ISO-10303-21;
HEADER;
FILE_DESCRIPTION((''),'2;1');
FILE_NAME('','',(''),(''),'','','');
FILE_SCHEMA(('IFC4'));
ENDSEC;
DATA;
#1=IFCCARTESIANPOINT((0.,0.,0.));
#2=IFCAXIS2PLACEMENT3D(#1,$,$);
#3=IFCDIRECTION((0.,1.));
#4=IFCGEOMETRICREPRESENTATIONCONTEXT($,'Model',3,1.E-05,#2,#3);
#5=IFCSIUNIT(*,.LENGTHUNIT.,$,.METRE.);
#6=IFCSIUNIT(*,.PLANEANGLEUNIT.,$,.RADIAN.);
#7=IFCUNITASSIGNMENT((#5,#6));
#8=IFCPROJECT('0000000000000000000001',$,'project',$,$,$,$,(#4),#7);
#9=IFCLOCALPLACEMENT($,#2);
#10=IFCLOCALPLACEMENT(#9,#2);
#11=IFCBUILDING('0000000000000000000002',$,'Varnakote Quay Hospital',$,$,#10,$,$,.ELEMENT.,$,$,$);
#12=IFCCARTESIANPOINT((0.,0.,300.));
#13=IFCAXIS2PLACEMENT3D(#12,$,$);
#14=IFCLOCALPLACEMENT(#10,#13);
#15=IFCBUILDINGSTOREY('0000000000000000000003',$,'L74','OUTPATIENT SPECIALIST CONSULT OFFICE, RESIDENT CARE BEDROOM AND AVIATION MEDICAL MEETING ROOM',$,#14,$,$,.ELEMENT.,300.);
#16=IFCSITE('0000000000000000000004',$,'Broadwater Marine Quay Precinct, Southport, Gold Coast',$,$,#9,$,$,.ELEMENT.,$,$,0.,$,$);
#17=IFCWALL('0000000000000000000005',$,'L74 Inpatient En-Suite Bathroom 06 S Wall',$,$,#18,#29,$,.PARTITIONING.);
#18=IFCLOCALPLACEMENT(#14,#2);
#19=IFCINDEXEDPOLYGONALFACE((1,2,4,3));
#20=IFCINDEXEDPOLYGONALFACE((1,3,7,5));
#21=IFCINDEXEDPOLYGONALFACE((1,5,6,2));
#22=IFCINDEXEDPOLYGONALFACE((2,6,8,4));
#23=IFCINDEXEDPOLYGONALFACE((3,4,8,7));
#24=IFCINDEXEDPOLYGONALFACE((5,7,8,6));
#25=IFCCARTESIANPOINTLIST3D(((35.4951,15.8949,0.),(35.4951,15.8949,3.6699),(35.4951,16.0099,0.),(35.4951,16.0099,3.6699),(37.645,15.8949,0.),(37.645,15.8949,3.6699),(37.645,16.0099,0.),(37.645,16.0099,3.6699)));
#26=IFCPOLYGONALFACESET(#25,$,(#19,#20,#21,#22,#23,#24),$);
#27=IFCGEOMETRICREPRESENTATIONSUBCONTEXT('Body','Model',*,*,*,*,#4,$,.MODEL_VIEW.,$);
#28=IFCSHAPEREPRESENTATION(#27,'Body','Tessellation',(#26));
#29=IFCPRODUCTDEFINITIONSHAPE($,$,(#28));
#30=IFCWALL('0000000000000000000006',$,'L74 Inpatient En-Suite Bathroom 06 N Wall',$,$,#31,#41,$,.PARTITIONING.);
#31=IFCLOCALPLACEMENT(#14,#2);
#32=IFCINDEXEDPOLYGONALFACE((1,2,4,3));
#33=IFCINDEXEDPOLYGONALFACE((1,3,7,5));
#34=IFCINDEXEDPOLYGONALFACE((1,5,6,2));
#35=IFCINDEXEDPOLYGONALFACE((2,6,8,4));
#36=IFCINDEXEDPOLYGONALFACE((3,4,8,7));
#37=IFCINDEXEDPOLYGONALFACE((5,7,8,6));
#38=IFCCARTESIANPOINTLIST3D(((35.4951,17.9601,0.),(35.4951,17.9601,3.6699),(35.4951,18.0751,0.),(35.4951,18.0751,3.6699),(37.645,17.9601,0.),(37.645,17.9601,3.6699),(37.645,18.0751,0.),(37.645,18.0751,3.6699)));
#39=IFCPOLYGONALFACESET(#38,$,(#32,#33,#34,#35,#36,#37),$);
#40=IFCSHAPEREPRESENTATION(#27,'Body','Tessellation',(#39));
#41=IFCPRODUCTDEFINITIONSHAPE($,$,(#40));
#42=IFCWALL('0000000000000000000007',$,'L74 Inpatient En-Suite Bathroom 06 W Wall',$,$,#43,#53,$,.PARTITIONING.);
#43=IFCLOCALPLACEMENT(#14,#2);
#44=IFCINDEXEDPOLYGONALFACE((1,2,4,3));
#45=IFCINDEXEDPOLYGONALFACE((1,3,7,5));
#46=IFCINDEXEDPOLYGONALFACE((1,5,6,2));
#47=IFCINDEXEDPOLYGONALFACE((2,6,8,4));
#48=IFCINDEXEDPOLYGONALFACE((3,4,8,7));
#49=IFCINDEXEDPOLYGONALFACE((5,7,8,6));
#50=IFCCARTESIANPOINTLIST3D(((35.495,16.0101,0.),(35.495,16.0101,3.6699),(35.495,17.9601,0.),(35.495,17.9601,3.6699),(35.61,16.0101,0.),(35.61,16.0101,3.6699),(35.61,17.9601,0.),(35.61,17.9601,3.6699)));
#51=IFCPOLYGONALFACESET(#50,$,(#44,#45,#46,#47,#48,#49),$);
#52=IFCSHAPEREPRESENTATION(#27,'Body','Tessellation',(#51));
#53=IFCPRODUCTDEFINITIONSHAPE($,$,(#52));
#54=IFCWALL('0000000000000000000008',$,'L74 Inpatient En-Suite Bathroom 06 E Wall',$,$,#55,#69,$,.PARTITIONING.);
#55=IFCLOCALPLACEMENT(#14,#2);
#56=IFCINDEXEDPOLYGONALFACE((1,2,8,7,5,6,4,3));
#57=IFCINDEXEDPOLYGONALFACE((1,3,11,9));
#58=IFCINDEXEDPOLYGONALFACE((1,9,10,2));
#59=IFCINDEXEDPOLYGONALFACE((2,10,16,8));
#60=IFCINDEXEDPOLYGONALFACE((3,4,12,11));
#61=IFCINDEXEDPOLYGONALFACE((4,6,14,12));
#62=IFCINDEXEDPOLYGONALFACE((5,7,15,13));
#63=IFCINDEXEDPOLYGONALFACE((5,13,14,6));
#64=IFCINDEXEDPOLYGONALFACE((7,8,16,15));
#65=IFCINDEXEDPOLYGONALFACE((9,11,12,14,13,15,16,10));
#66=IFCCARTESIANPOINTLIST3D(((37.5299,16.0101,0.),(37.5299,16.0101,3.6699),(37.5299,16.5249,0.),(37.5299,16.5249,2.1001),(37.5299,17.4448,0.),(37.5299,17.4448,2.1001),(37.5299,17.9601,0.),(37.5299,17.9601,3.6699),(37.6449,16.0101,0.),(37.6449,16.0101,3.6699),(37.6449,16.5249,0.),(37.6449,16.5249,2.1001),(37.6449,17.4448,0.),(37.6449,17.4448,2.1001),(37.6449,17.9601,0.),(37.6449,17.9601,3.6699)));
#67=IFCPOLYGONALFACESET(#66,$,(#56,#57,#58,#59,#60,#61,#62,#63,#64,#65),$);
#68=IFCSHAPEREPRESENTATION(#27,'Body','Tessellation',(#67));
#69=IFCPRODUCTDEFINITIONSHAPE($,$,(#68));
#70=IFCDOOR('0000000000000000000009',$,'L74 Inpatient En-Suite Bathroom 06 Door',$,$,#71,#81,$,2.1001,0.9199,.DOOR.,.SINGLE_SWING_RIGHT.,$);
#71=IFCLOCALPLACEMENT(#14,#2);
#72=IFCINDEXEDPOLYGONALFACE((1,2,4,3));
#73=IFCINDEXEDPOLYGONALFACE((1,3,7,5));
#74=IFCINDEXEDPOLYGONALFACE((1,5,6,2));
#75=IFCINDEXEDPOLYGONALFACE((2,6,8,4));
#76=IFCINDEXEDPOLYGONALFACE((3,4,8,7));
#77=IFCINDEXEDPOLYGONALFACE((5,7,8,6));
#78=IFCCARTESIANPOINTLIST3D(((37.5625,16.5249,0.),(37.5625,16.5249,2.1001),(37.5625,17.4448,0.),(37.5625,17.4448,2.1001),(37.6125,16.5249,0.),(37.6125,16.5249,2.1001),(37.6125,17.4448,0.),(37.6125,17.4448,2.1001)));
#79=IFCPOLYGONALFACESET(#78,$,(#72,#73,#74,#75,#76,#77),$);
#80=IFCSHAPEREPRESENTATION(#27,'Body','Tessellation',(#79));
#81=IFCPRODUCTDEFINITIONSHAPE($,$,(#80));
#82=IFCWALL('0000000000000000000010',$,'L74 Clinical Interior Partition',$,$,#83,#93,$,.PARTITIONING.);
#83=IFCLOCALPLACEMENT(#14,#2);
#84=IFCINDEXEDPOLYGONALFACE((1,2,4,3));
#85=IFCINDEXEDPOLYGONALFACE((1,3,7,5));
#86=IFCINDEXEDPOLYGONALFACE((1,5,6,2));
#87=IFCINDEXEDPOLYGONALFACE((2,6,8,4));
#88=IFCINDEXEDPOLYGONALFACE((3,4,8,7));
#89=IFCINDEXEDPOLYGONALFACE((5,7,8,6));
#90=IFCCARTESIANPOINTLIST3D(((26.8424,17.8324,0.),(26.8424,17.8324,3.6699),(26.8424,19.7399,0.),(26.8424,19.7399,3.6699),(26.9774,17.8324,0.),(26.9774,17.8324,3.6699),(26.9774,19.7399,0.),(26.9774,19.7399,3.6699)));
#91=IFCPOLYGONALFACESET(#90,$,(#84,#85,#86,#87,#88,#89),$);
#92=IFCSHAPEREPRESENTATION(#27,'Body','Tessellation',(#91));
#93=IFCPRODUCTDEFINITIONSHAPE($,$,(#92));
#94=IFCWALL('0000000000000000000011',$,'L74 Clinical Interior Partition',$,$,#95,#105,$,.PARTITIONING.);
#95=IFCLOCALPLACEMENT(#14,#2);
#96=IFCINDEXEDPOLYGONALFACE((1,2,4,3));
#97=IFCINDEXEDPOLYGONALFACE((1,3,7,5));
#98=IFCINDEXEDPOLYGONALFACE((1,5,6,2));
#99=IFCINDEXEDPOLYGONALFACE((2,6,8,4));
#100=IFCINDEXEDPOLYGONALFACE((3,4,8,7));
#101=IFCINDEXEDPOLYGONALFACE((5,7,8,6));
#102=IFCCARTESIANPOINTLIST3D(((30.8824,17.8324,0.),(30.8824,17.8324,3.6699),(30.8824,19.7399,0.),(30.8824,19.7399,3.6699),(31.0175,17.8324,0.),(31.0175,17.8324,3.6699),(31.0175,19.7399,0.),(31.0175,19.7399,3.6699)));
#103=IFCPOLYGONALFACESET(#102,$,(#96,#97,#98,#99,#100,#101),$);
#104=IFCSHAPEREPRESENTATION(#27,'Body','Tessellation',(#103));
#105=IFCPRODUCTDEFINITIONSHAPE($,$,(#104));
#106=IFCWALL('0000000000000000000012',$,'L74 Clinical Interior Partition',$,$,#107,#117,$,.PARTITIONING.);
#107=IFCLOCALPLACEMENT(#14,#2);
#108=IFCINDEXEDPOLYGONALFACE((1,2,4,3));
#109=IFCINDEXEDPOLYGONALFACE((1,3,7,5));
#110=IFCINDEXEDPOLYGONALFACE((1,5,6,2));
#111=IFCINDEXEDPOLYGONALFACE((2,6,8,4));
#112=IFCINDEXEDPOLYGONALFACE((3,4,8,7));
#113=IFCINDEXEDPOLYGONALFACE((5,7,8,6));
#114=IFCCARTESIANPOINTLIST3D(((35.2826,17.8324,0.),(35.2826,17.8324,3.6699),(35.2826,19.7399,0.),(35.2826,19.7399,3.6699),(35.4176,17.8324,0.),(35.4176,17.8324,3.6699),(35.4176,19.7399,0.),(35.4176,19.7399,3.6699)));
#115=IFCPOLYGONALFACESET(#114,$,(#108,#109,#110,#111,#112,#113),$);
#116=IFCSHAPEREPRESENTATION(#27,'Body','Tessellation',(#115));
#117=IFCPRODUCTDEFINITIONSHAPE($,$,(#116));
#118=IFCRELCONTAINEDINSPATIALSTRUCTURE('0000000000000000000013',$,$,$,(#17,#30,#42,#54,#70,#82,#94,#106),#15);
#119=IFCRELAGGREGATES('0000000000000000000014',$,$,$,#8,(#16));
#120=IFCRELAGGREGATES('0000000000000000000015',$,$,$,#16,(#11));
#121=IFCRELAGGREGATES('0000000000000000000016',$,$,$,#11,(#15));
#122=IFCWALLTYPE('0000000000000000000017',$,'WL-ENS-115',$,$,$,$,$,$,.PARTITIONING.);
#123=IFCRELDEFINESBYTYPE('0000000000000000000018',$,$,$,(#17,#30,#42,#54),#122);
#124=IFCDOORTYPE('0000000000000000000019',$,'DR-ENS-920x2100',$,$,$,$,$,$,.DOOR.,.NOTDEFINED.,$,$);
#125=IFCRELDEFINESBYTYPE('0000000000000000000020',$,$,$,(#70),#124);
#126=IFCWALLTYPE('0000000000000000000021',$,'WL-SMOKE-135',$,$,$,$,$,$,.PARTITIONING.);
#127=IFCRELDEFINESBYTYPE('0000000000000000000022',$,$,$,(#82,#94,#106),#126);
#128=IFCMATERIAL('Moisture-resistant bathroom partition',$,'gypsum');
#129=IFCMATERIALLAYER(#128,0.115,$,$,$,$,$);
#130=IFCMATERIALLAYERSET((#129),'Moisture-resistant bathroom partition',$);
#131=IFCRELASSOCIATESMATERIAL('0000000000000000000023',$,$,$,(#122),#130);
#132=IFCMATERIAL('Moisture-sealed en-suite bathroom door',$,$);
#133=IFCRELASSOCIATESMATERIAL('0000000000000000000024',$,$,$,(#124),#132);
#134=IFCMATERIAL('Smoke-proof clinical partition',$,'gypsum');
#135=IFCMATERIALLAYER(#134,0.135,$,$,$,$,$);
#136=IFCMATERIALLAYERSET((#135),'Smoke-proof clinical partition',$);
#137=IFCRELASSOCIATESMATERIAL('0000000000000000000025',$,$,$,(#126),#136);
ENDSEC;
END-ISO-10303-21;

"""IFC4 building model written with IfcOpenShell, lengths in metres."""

from ifc_helpers import new_model, si_unit, direction, frame, frame_2d, origin, place, context, subcontext, project, spatial, rectangle, extrude, material, layer, layer_set, type_object, element, fill, save


model = new_model("IFC4")

# Units and contexts
model_context = context("Model", 3, precision=1e-05, world=origin(), true_north=direction((0.0, 1.0)))
body_context = subcontext(model_context, "Body", "Model", "MODEL_VIEW")
ifc_project = project(units=[si_unit("LENGTHUNIT", "METRE"), si_unit("PLANEANGLEUNIT", "RADIAN")], contexts=[model_context])

# Site, building, storey
site_placement = place(None, origin())
site = spatial("IfcSite", under=ifc_project, at=site_placement, Name="Broadwater Marine Quay Precinct, Southport, Gold Coast", CompositionType="ELEMENT", RefElevation=0.0)
building_placement = place(site_placement, origin())
building = spatial("IfcBuilding", under=site, at=building_placement, Name="Varnakote Quay Hospital", CompositionType="ELEMENT")
storey_placement = place(building_placement, frame((0.0, 0.0, 300.0)))
storey = spatial("IfcBuildingStorey", under=building, at=storey_placement, Name="L74", Description="OUTPATIENT SPECIALIST CONSULT OFFICE, RESIDENT CARE BEDROOM AND AVIATION MEDICAL MEETING ROOM", CompositionType="ELEMENT", Elevation=300.0)

# Shared definitions
ifc_material_1 = material(Name="Moisture-resistant bathroom partition", Category="gypsum")
ifc_layer_1 = layer(ifc_material_1, 0.115)
ifc_layer_set_1 = layer_set([ifc_layer_1], Name="Moisture-resistant bathroom partition")
wall_type_1 = type_object("IfcWallType", Name="WL-ENS-115", PredefinedType="PARTITIONING", material=ifc_layer_set_1)

# Shared definitions
ifc_material_2 = material(Name="Moisture-sealed en-suite bathroom door")
door_type = type_object("IfcDoorType", Name="DR-ENS-920x2100", OperationType="NOTDEFINED", PredefinedType="DOOR", material=ifc_material_2)

# Walls
for number, where, z_axis, x_axis, name in (
    (1, (35.4951, 15.9524, 0.0), (0.0, 0.0, 1.0), (1.0, 0.0, 0.0), "L74 Inpatient En-Suite Bathroom 06 S Wall"),
    (2, (35.4951, 18.0176, 0.0), (0.0, 0.0, 1.0), (1.0, 0.0, 0.0), "L74 Inpatient En-Suite Bathroom 06 N Wall"),
):
    element("IfcWall", number, at=place(storey_placement, frame(where, z_axis=z_axis, x_axis=x_axis)), inside=storey, type_object=wall_type_1, Name=name, PredefinedType="PARTITIONING", context=body_context, shape_type="SweptSolid", body=[
        extrude(rectangle(XDim=2.1499, YDim=0.115, at=frame_2d((1.075, 0.0))), origin(), (0.0, 0.0, 1.0), 3.6699),
    ])
wall_1_placement = place(storey_placement, frame((35.5525, 16.01, 0.0), z_axis=(0.0, 0.0, 1.0), x_axis=(0.0, 1.0, 0.0)))
element("IfcWall", 3, at=wall_1_placement, inside=storey, type_object=wall_type_1, Name="L74 Inpatient En-Suite Bathroom 06 W Wall", PredefinedType="PARTITIONING", context=body_context, shape_type="SweptSolid", body=[
    extrude(rectangle(XDim=1.95, YDim=0.115, at=frame_2d((0.9751, 0.0))), origin(), (0.0, 0.0, 1.0), 3.6699),
])

# Wall, opening, door
wall_2_placement = place(storey_placement, frame((37.5874, 16.01, 0.0), z_axis=(0.0, 0.0, 1.0), x_axis=(0.0, 1.0, 0.0)))
wall_2 = element("IfcWall", 4, at=wall_2_placement, inside=storey, type_object=wall_type_1, Name="L74 Inpatient En-Suite Bathroom 06 E Wall", PredefinedType="PARTITIONING", context=body_context, shape_type="SweptSolid", body=[
    extrude(rectangle(XDim=1.95, YDim=0.115, at=frame_2d((0.9751, 0.0))), origin(), (0.0, 0.0, 1.0), 3.6699),
])
opening_1_placement = place(wall_2_placement, frame((0.5149, 0.0, 0.0)))
opening_1 = element("IfcOpeningElement", 5, at=opening_1_placement, cuts=wall_2, PredefinedType="OPENING", context=body_context, shape_type="SweptSolid", body=[
    extrude(rectangle(XDim=0.9199, YDim=2.1001, at=frame_2d((0.46, 1.05))), frame((0.0, 0.0674, 0.0), z_axis=(0.0, -1.0, 0.0), x_axis=(1.0, 0.0, 0.0)), (0.0, 0.0, 1.0), 0.135),
])
door_1_placement = place(opening_1_placement, origin())
door_1 = element("IfcDoor", 6, at=door_1_placement, inside=storey, type_object=door_type, Name="L74 Inpatient En-Suite Bathroom 06 Door", OperationType="SINGLE_SWING_RIGHT", OverallHeight=2.1001, OverallWidth=0.9199, PredefinedType="DOOR", context=body_context, shape_type="SweptSolid", body=[
    extrude(rectangle(XDim=0.9199, YDim=2.1001, at=frame_2d((0.46, 1.05))), frame((0.0, 0.0249, 0.0), z_axis=(0.0, -1.0, 0.0), x_axis=(1.0, 0.0, 0.0)), (0.0, 0.0, 1.0), 0.05),
])
fill(opening_1, door_1)

# Walls
ifc_material_3 = material(Name="Smoke-proof clinical partition", Category="gypsum")
ifc_layer_2 = layer(ifc_material_3, 0.135)
ifc_layer_set_2 = layer_set([ifc_layer_2], Name="Smoke-proof clinical partition")
wall_type_2 = type_object("IfcWallType", Name="WL-SMOKE-135", PredefinedType="PARTITIONING", material=ifc_layer_set_2)
for number, where, z_axis, x_axis, name in (
    (7, (26.9099, 17.8325, 0.0), (0.0, 0.0, 1.0), (0.0, 1.0, 0.0), "L74 Clinical Interior Partition"),
    (8, (30.95, 17.8325, 0.0), (0.0, 0.0, 1.0), (0.0, 1.0, 0.0), "L74 Clinical Interior Partition"),
    (9, (35.3501, 17.8325, 0.0), (0.0, 0.0, 1.0), (0.0, 1.0, 0.0), "L74 Clinical Interior Partition"),
):
    element("IfcWall", number, at=place(storey_placement, frame(where, z_axis=z_axis, x_axis=x_axis)), inside=storey, type_object=wall_type_2, Name=name, PredefinedType="PARTITIONING", context=body_context, shape_type="SweptSolid", body=[
        extrude(rectangle(XDim=1.9075, YDim=0.135, at=frame_2d((0.9536, 0.0))), origin(), (0.0, 0.0, 1.0), 3.6699),
    ])

save(model, "model.ifc")
